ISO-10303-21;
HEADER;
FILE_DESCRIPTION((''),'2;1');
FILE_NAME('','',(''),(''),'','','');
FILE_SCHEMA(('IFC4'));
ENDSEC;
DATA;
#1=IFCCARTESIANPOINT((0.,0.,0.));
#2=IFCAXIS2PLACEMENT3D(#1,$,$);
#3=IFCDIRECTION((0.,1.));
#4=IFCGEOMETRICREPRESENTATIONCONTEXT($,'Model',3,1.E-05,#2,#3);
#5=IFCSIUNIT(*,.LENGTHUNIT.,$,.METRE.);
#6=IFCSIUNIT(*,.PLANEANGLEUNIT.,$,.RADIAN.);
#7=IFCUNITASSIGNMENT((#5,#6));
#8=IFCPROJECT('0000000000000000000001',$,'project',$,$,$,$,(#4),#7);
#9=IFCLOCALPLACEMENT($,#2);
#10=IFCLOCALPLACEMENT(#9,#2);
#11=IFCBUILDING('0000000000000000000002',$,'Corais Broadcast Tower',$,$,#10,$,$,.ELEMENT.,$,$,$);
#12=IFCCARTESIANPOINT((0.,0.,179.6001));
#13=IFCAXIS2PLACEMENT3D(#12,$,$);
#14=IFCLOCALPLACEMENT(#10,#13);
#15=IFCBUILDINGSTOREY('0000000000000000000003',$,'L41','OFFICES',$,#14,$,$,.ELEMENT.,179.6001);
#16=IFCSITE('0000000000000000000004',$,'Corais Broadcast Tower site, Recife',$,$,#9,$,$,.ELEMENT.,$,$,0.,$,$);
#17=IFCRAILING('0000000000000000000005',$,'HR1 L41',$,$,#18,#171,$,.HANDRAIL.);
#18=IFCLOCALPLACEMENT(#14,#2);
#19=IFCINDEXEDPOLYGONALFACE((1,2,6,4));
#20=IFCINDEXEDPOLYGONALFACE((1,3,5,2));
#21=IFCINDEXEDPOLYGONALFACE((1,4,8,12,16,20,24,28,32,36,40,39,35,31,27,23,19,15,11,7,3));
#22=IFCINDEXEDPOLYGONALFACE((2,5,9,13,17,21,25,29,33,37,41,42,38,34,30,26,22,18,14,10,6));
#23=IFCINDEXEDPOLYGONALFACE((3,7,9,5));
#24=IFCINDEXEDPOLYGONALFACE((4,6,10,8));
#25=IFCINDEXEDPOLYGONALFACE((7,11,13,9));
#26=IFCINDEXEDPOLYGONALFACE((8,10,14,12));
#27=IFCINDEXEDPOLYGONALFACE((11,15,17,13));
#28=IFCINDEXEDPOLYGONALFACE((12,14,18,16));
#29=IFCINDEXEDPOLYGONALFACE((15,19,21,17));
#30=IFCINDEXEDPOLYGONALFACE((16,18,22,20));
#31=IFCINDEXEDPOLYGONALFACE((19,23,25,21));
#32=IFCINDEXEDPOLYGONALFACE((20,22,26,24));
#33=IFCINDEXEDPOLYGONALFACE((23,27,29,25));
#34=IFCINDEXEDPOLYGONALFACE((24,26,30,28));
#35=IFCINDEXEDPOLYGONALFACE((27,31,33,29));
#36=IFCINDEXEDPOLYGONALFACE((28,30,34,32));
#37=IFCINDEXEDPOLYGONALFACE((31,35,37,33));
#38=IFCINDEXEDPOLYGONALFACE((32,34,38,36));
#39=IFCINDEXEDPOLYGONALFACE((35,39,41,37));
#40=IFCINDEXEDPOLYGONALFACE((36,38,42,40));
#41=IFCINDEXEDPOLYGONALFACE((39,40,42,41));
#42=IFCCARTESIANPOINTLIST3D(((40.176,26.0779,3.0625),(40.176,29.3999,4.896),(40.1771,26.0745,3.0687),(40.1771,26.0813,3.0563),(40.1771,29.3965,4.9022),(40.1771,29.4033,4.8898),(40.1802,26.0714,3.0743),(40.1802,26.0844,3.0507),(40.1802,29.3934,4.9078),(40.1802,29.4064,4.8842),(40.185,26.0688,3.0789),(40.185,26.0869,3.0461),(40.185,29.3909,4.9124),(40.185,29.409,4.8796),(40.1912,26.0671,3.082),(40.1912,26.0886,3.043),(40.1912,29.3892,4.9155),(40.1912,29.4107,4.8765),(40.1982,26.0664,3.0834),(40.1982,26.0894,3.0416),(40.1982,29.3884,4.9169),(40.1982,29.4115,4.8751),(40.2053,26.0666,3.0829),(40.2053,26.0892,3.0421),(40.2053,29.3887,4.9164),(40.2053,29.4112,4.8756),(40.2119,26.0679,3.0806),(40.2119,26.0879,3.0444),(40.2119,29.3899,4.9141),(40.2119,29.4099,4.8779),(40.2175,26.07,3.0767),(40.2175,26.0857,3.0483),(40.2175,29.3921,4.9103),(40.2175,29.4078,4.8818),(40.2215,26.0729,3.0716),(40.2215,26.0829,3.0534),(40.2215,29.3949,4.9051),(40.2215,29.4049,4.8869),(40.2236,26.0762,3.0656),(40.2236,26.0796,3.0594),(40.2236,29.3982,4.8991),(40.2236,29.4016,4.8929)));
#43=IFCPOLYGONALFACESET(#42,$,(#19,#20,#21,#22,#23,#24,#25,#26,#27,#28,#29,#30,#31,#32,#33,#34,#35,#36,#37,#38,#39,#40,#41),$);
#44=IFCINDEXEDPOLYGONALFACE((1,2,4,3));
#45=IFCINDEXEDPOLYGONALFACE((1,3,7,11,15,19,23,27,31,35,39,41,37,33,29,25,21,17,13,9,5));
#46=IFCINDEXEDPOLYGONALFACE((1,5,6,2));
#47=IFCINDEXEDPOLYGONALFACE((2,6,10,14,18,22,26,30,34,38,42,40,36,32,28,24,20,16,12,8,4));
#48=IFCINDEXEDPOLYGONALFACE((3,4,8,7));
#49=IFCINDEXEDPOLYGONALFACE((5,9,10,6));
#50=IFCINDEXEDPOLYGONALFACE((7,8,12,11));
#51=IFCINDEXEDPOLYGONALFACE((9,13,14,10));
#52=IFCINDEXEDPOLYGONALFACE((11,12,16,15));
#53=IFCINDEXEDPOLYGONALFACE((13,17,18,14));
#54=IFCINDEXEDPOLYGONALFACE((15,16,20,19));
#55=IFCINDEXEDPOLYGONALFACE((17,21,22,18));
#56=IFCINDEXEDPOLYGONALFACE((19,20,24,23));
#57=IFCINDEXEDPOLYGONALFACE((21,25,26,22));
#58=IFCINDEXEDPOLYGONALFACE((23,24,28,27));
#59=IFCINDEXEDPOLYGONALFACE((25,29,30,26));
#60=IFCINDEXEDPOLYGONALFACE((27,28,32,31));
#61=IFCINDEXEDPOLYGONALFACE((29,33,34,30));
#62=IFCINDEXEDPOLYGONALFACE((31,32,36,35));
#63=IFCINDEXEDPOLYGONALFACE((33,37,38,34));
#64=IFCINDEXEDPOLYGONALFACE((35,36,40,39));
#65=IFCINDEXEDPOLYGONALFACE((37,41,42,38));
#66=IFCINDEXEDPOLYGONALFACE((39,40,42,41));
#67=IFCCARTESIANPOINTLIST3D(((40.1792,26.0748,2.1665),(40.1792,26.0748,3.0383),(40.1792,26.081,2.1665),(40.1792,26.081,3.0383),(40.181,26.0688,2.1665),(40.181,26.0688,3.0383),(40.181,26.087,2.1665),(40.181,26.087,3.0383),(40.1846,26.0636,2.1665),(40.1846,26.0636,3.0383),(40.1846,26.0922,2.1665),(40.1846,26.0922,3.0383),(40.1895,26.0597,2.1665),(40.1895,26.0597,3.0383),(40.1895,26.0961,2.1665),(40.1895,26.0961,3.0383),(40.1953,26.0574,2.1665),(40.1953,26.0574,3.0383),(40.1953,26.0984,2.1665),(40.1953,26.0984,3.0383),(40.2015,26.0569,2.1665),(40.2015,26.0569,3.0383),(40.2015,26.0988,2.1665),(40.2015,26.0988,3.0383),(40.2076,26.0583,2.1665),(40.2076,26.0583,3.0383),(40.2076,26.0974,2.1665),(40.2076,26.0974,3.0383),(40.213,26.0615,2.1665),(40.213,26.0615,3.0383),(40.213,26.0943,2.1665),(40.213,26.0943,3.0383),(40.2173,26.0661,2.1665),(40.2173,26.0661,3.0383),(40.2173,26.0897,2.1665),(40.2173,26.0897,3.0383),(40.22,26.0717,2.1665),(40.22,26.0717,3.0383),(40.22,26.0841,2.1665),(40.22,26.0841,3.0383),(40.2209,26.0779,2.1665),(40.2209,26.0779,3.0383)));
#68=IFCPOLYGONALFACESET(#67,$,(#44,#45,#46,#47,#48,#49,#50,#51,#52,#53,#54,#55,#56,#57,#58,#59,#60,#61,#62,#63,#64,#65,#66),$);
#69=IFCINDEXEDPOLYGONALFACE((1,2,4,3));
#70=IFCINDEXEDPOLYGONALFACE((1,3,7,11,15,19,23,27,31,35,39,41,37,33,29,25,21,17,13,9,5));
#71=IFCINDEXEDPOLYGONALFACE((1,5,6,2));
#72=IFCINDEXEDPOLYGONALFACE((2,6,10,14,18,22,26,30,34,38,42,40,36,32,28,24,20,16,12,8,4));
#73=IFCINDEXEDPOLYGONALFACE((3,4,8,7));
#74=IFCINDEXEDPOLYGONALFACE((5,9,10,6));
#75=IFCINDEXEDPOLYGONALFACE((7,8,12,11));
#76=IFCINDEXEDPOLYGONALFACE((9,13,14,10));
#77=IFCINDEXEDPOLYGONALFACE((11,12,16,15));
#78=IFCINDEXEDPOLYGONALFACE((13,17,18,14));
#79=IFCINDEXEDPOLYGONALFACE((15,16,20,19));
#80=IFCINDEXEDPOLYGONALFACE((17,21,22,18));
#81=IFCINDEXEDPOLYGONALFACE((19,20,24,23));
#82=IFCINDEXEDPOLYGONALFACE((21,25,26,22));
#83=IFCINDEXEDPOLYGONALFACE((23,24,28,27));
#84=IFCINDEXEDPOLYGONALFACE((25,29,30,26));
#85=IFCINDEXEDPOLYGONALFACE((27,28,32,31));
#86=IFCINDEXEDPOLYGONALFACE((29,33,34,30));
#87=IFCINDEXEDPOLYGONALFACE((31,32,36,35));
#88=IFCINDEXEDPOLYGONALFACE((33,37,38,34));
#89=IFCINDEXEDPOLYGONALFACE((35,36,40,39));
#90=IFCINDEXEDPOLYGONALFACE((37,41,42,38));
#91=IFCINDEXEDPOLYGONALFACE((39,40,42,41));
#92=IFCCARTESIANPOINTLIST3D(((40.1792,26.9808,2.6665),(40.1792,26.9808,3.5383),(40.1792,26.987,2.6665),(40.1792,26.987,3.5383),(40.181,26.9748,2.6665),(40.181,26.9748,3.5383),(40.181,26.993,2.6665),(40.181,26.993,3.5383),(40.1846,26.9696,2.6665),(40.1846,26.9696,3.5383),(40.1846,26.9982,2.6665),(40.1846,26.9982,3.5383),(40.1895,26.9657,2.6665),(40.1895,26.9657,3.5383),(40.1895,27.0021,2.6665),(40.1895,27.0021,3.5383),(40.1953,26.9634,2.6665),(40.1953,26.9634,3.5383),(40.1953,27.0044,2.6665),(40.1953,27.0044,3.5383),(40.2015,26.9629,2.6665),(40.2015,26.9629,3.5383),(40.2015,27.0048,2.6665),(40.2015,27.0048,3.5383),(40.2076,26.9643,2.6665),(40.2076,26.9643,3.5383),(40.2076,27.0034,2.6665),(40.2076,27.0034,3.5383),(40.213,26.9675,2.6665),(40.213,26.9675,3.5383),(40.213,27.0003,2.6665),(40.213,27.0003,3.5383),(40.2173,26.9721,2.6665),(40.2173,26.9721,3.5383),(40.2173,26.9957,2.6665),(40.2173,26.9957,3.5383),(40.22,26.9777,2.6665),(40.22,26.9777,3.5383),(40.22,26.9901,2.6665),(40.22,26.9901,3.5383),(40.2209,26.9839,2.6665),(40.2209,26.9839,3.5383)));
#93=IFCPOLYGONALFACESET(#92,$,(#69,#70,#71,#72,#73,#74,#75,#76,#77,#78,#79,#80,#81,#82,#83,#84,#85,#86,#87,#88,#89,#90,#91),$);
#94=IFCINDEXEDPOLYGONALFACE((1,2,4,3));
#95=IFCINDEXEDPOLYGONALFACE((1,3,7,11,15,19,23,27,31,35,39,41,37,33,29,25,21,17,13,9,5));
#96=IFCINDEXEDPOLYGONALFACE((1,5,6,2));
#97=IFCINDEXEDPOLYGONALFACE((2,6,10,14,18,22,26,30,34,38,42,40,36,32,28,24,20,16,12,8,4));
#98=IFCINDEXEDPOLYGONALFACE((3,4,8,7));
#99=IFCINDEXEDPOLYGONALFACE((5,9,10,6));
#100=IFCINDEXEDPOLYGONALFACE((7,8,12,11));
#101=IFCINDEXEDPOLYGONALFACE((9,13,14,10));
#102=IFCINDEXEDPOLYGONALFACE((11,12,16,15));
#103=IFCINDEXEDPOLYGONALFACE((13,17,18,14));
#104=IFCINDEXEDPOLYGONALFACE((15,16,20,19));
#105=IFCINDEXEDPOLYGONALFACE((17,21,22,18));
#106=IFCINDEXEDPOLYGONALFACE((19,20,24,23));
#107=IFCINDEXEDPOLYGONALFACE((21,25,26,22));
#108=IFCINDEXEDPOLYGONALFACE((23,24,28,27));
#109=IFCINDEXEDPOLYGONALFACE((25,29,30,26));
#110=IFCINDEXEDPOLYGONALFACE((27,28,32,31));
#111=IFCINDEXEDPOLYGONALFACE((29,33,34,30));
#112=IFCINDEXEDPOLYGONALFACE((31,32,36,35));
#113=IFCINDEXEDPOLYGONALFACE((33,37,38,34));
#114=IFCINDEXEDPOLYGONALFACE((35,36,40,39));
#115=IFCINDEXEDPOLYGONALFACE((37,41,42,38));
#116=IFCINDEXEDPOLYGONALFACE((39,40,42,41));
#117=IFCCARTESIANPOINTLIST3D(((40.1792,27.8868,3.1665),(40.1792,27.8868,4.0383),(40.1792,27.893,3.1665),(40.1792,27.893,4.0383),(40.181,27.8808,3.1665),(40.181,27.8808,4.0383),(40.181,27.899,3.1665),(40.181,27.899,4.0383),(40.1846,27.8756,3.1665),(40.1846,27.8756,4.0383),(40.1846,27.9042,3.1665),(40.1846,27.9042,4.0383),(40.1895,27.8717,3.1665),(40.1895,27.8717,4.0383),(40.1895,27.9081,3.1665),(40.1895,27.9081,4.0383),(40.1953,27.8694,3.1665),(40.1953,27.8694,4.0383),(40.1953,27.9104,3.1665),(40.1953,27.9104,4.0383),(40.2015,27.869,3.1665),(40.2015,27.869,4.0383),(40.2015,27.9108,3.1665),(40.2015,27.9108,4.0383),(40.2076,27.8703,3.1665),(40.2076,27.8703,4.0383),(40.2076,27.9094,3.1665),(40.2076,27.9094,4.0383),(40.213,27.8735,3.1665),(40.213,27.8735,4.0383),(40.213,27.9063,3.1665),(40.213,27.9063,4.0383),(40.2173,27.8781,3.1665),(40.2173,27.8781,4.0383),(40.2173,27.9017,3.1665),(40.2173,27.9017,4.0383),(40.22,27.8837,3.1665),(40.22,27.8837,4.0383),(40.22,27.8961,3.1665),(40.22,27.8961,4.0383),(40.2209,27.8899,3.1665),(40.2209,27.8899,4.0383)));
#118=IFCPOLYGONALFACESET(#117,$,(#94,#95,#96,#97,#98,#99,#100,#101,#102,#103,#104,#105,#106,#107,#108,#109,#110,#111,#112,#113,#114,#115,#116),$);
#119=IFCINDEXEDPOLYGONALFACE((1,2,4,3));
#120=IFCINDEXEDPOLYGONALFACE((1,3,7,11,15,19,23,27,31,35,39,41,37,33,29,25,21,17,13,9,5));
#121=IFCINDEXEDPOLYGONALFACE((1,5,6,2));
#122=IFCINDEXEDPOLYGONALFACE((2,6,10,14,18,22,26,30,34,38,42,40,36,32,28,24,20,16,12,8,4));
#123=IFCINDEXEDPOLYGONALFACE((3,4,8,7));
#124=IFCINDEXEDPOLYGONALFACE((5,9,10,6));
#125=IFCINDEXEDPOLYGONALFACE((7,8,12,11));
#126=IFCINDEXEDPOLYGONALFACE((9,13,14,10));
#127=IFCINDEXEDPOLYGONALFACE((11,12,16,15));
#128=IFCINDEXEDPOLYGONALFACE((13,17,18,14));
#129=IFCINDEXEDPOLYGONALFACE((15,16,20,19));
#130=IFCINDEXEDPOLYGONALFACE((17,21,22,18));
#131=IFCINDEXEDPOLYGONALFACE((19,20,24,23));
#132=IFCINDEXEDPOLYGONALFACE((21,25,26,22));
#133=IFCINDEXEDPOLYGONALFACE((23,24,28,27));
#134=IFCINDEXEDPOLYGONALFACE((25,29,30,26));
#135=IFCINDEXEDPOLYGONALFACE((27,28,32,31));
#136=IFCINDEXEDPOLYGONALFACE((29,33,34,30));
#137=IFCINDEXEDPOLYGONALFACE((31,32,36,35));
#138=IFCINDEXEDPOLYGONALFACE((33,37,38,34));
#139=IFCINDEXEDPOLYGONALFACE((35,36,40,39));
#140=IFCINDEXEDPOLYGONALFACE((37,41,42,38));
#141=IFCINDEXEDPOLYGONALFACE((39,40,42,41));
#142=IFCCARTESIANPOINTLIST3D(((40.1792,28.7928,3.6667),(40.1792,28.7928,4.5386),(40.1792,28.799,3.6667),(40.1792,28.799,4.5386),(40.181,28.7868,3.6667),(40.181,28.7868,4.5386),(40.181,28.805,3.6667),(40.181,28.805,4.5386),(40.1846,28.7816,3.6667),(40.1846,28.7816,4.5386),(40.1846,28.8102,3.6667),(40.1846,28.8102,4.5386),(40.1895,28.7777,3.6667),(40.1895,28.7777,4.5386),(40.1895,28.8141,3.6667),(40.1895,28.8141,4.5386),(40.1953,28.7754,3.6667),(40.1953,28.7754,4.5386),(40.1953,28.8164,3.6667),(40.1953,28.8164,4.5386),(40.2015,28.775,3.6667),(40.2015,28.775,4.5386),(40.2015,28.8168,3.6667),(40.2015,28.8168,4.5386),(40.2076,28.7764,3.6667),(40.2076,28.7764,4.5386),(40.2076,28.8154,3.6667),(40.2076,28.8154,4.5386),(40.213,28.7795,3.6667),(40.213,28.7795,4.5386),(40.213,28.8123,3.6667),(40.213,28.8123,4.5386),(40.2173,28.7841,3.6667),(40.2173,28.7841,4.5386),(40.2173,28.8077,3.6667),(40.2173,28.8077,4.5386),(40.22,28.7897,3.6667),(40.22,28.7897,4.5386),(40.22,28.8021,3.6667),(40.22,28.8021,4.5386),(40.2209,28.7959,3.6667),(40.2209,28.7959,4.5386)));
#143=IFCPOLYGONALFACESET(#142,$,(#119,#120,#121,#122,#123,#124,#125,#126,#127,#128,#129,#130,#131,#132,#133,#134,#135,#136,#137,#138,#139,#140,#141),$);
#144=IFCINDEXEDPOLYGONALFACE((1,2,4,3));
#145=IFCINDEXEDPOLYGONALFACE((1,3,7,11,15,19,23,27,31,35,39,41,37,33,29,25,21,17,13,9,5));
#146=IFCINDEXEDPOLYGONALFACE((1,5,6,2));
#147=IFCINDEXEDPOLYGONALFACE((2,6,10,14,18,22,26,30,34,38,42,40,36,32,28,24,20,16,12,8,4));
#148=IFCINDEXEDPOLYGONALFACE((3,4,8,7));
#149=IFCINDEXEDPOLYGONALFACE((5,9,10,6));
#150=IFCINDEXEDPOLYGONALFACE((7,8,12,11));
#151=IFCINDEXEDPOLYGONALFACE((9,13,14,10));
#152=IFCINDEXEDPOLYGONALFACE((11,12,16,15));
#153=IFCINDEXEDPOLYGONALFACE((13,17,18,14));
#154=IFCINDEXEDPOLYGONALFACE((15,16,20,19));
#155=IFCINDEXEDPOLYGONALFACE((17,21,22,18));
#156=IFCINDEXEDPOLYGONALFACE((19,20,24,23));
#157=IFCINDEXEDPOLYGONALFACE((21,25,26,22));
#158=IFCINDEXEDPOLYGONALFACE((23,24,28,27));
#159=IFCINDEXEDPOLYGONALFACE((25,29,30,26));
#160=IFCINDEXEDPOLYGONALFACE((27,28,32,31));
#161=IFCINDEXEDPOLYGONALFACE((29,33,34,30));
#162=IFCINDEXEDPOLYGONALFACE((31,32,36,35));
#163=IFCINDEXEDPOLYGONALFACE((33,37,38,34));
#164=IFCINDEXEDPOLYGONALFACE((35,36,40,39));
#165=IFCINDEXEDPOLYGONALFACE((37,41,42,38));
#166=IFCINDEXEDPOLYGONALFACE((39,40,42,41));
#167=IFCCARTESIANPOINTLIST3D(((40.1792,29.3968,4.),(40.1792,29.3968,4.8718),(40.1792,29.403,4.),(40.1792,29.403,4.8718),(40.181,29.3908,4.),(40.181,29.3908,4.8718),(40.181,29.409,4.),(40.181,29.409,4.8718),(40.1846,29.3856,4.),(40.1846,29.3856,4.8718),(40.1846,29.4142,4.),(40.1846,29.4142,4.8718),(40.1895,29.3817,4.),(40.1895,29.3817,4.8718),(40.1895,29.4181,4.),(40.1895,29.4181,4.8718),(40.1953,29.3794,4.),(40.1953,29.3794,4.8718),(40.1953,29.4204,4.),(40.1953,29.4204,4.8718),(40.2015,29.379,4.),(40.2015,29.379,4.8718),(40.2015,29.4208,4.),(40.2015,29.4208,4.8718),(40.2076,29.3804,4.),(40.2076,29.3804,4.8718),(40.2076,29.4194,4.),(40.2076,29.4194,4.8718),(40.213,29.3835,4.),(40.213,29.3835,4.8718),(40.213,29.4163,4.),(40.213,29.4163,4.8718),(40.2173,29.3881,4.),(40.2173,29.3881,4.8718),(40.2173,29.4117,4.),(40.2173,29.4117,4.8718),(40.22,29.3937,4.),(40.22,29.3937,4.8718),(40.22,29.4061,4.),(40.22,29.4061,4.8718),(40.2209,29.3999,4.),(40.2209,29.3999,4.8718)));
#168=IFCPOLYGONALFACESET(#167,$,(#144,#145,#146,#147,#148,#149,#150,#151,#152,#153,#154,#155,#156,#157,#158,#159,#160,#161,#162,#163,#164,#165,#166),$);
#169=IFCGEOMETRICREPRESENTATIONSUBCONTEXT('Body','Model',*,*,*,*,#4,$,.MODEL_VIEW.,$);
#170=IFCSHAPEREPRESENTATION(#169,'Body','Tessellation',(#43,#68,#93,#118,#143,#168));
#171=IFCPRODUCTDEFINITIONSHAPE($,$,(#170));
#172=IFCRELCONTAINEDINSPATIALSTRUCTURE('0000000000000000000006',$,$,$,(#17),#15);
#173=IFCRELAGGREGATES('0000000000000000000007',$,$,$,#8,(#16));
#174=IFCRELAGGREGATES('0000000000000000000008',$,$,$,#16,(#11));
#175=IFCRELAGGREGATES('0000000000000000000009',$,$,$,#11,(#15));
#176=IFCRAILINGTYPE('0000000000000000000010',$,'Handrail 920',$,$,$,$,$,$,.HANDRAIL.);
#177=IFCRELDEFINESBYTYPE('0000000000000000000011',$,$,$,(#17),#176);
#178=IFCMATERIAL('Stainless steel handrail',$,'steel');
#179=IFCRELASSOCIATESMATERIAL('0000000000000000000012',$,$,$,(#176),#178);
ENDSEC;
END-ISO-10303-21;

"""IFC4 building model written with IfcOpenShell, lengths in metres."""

from ifc_helpers import new_model, si_unit, direction, frame, origin, origin_2d, place, context, subcontext, project, spatial, circle, extrude, material, type_object, element, save


model = new_model("IFC4")

# Units and contexts
model_context = context("Model", 3, precision=1e-05, world=origin(), true_north=direction((0.0, 1.0)))
body_context = subcontext(model_context, "Body", "Model", "MODEL_VIEW")
ifc_project = project(units=[si_unit("LENGTHUNIT", "METRE"), si_unit("PLANEANGLEUNIT", "RADIAN")], contexts=[model_context])

# Site, building, storey
site_placement = place(None, origin())
site = spatial("IfcSite", under=ifc_project, at=site_placement, Name="Corais Broadcast Tower site, Recife", CompositionType="ELEMENT", RefElevation=0.0)
building_placement = place(site_placement, origin())
building = spatial("IfcBuilding", under=site, at=building_placement, Name="Corais Broadcast Tower", CompositionType="ELEMENT")
storey_placement = place(building_placement, frame((0.0, 0.0, 179.6001)))
storey = spatial("IfcBuildingStorey", under=building, at=storey_placement, Name="L41", Description="OFFICES", CompositionType="ELEMENT", Elevation=179.6001)

# Railing
ifc_material_1 = material(Name="Stainless steel handrail", Category="steel")
railing_type = type_object("IfcRailingType", Name="Handrail 920", PredefinedType="HANDRAIL", material=ifc_material_1)
for number, where, name in (
    (1, (40.2, 26.0779, 2.1665), "HR1 L41"),
):
    element("IfcRailing", number, at=place(storey_placement, frame(where)), inside=storey, type_object=railing_type, Name=name, PredefinedType="HANDRAIL", context=body_context, shape_type="SweptSolid", body=[
        extrude(circle(Radius=0.0239, at=origin_2d()), frame((0.0, 0.0, 0.896), z_axis=(0.0, 0.875504, 0.48321), x_axis=(-1.0, 0.0, 0.0)), (0.0, 0.0, 1.0), 3.7944),
        extrude(circle(Radius=0.021, at=origin_2d()), origin(), (0.0, 0.0, 1.0), 0.8718),
        extrude(circle(Radius=0.021, at=origin_2d()), frame((0.0, 0.906, 0.5)), (0.0, 0.0, 1.0), 0.8718),
        extrude(circle(Radius=0.021, at=origin_2d()), frame((0.0, 1.812, 1.0)), (0.0, 0.0, 1.0), 0.8718),
        extrude(circle(Radius=0.021, at=origin_2d()), frame((0.0, 2.718, 1.5002)), (0.0, 0.0, 1.0), 0.8718),
        extrude(circle(Radius=0.021, at=origin_2d()), frame((0.0, 3.322, 1.8335)), (0.0, 0.0, 1.0), 0.8718),
    ])

save(model, "model.ifc")
